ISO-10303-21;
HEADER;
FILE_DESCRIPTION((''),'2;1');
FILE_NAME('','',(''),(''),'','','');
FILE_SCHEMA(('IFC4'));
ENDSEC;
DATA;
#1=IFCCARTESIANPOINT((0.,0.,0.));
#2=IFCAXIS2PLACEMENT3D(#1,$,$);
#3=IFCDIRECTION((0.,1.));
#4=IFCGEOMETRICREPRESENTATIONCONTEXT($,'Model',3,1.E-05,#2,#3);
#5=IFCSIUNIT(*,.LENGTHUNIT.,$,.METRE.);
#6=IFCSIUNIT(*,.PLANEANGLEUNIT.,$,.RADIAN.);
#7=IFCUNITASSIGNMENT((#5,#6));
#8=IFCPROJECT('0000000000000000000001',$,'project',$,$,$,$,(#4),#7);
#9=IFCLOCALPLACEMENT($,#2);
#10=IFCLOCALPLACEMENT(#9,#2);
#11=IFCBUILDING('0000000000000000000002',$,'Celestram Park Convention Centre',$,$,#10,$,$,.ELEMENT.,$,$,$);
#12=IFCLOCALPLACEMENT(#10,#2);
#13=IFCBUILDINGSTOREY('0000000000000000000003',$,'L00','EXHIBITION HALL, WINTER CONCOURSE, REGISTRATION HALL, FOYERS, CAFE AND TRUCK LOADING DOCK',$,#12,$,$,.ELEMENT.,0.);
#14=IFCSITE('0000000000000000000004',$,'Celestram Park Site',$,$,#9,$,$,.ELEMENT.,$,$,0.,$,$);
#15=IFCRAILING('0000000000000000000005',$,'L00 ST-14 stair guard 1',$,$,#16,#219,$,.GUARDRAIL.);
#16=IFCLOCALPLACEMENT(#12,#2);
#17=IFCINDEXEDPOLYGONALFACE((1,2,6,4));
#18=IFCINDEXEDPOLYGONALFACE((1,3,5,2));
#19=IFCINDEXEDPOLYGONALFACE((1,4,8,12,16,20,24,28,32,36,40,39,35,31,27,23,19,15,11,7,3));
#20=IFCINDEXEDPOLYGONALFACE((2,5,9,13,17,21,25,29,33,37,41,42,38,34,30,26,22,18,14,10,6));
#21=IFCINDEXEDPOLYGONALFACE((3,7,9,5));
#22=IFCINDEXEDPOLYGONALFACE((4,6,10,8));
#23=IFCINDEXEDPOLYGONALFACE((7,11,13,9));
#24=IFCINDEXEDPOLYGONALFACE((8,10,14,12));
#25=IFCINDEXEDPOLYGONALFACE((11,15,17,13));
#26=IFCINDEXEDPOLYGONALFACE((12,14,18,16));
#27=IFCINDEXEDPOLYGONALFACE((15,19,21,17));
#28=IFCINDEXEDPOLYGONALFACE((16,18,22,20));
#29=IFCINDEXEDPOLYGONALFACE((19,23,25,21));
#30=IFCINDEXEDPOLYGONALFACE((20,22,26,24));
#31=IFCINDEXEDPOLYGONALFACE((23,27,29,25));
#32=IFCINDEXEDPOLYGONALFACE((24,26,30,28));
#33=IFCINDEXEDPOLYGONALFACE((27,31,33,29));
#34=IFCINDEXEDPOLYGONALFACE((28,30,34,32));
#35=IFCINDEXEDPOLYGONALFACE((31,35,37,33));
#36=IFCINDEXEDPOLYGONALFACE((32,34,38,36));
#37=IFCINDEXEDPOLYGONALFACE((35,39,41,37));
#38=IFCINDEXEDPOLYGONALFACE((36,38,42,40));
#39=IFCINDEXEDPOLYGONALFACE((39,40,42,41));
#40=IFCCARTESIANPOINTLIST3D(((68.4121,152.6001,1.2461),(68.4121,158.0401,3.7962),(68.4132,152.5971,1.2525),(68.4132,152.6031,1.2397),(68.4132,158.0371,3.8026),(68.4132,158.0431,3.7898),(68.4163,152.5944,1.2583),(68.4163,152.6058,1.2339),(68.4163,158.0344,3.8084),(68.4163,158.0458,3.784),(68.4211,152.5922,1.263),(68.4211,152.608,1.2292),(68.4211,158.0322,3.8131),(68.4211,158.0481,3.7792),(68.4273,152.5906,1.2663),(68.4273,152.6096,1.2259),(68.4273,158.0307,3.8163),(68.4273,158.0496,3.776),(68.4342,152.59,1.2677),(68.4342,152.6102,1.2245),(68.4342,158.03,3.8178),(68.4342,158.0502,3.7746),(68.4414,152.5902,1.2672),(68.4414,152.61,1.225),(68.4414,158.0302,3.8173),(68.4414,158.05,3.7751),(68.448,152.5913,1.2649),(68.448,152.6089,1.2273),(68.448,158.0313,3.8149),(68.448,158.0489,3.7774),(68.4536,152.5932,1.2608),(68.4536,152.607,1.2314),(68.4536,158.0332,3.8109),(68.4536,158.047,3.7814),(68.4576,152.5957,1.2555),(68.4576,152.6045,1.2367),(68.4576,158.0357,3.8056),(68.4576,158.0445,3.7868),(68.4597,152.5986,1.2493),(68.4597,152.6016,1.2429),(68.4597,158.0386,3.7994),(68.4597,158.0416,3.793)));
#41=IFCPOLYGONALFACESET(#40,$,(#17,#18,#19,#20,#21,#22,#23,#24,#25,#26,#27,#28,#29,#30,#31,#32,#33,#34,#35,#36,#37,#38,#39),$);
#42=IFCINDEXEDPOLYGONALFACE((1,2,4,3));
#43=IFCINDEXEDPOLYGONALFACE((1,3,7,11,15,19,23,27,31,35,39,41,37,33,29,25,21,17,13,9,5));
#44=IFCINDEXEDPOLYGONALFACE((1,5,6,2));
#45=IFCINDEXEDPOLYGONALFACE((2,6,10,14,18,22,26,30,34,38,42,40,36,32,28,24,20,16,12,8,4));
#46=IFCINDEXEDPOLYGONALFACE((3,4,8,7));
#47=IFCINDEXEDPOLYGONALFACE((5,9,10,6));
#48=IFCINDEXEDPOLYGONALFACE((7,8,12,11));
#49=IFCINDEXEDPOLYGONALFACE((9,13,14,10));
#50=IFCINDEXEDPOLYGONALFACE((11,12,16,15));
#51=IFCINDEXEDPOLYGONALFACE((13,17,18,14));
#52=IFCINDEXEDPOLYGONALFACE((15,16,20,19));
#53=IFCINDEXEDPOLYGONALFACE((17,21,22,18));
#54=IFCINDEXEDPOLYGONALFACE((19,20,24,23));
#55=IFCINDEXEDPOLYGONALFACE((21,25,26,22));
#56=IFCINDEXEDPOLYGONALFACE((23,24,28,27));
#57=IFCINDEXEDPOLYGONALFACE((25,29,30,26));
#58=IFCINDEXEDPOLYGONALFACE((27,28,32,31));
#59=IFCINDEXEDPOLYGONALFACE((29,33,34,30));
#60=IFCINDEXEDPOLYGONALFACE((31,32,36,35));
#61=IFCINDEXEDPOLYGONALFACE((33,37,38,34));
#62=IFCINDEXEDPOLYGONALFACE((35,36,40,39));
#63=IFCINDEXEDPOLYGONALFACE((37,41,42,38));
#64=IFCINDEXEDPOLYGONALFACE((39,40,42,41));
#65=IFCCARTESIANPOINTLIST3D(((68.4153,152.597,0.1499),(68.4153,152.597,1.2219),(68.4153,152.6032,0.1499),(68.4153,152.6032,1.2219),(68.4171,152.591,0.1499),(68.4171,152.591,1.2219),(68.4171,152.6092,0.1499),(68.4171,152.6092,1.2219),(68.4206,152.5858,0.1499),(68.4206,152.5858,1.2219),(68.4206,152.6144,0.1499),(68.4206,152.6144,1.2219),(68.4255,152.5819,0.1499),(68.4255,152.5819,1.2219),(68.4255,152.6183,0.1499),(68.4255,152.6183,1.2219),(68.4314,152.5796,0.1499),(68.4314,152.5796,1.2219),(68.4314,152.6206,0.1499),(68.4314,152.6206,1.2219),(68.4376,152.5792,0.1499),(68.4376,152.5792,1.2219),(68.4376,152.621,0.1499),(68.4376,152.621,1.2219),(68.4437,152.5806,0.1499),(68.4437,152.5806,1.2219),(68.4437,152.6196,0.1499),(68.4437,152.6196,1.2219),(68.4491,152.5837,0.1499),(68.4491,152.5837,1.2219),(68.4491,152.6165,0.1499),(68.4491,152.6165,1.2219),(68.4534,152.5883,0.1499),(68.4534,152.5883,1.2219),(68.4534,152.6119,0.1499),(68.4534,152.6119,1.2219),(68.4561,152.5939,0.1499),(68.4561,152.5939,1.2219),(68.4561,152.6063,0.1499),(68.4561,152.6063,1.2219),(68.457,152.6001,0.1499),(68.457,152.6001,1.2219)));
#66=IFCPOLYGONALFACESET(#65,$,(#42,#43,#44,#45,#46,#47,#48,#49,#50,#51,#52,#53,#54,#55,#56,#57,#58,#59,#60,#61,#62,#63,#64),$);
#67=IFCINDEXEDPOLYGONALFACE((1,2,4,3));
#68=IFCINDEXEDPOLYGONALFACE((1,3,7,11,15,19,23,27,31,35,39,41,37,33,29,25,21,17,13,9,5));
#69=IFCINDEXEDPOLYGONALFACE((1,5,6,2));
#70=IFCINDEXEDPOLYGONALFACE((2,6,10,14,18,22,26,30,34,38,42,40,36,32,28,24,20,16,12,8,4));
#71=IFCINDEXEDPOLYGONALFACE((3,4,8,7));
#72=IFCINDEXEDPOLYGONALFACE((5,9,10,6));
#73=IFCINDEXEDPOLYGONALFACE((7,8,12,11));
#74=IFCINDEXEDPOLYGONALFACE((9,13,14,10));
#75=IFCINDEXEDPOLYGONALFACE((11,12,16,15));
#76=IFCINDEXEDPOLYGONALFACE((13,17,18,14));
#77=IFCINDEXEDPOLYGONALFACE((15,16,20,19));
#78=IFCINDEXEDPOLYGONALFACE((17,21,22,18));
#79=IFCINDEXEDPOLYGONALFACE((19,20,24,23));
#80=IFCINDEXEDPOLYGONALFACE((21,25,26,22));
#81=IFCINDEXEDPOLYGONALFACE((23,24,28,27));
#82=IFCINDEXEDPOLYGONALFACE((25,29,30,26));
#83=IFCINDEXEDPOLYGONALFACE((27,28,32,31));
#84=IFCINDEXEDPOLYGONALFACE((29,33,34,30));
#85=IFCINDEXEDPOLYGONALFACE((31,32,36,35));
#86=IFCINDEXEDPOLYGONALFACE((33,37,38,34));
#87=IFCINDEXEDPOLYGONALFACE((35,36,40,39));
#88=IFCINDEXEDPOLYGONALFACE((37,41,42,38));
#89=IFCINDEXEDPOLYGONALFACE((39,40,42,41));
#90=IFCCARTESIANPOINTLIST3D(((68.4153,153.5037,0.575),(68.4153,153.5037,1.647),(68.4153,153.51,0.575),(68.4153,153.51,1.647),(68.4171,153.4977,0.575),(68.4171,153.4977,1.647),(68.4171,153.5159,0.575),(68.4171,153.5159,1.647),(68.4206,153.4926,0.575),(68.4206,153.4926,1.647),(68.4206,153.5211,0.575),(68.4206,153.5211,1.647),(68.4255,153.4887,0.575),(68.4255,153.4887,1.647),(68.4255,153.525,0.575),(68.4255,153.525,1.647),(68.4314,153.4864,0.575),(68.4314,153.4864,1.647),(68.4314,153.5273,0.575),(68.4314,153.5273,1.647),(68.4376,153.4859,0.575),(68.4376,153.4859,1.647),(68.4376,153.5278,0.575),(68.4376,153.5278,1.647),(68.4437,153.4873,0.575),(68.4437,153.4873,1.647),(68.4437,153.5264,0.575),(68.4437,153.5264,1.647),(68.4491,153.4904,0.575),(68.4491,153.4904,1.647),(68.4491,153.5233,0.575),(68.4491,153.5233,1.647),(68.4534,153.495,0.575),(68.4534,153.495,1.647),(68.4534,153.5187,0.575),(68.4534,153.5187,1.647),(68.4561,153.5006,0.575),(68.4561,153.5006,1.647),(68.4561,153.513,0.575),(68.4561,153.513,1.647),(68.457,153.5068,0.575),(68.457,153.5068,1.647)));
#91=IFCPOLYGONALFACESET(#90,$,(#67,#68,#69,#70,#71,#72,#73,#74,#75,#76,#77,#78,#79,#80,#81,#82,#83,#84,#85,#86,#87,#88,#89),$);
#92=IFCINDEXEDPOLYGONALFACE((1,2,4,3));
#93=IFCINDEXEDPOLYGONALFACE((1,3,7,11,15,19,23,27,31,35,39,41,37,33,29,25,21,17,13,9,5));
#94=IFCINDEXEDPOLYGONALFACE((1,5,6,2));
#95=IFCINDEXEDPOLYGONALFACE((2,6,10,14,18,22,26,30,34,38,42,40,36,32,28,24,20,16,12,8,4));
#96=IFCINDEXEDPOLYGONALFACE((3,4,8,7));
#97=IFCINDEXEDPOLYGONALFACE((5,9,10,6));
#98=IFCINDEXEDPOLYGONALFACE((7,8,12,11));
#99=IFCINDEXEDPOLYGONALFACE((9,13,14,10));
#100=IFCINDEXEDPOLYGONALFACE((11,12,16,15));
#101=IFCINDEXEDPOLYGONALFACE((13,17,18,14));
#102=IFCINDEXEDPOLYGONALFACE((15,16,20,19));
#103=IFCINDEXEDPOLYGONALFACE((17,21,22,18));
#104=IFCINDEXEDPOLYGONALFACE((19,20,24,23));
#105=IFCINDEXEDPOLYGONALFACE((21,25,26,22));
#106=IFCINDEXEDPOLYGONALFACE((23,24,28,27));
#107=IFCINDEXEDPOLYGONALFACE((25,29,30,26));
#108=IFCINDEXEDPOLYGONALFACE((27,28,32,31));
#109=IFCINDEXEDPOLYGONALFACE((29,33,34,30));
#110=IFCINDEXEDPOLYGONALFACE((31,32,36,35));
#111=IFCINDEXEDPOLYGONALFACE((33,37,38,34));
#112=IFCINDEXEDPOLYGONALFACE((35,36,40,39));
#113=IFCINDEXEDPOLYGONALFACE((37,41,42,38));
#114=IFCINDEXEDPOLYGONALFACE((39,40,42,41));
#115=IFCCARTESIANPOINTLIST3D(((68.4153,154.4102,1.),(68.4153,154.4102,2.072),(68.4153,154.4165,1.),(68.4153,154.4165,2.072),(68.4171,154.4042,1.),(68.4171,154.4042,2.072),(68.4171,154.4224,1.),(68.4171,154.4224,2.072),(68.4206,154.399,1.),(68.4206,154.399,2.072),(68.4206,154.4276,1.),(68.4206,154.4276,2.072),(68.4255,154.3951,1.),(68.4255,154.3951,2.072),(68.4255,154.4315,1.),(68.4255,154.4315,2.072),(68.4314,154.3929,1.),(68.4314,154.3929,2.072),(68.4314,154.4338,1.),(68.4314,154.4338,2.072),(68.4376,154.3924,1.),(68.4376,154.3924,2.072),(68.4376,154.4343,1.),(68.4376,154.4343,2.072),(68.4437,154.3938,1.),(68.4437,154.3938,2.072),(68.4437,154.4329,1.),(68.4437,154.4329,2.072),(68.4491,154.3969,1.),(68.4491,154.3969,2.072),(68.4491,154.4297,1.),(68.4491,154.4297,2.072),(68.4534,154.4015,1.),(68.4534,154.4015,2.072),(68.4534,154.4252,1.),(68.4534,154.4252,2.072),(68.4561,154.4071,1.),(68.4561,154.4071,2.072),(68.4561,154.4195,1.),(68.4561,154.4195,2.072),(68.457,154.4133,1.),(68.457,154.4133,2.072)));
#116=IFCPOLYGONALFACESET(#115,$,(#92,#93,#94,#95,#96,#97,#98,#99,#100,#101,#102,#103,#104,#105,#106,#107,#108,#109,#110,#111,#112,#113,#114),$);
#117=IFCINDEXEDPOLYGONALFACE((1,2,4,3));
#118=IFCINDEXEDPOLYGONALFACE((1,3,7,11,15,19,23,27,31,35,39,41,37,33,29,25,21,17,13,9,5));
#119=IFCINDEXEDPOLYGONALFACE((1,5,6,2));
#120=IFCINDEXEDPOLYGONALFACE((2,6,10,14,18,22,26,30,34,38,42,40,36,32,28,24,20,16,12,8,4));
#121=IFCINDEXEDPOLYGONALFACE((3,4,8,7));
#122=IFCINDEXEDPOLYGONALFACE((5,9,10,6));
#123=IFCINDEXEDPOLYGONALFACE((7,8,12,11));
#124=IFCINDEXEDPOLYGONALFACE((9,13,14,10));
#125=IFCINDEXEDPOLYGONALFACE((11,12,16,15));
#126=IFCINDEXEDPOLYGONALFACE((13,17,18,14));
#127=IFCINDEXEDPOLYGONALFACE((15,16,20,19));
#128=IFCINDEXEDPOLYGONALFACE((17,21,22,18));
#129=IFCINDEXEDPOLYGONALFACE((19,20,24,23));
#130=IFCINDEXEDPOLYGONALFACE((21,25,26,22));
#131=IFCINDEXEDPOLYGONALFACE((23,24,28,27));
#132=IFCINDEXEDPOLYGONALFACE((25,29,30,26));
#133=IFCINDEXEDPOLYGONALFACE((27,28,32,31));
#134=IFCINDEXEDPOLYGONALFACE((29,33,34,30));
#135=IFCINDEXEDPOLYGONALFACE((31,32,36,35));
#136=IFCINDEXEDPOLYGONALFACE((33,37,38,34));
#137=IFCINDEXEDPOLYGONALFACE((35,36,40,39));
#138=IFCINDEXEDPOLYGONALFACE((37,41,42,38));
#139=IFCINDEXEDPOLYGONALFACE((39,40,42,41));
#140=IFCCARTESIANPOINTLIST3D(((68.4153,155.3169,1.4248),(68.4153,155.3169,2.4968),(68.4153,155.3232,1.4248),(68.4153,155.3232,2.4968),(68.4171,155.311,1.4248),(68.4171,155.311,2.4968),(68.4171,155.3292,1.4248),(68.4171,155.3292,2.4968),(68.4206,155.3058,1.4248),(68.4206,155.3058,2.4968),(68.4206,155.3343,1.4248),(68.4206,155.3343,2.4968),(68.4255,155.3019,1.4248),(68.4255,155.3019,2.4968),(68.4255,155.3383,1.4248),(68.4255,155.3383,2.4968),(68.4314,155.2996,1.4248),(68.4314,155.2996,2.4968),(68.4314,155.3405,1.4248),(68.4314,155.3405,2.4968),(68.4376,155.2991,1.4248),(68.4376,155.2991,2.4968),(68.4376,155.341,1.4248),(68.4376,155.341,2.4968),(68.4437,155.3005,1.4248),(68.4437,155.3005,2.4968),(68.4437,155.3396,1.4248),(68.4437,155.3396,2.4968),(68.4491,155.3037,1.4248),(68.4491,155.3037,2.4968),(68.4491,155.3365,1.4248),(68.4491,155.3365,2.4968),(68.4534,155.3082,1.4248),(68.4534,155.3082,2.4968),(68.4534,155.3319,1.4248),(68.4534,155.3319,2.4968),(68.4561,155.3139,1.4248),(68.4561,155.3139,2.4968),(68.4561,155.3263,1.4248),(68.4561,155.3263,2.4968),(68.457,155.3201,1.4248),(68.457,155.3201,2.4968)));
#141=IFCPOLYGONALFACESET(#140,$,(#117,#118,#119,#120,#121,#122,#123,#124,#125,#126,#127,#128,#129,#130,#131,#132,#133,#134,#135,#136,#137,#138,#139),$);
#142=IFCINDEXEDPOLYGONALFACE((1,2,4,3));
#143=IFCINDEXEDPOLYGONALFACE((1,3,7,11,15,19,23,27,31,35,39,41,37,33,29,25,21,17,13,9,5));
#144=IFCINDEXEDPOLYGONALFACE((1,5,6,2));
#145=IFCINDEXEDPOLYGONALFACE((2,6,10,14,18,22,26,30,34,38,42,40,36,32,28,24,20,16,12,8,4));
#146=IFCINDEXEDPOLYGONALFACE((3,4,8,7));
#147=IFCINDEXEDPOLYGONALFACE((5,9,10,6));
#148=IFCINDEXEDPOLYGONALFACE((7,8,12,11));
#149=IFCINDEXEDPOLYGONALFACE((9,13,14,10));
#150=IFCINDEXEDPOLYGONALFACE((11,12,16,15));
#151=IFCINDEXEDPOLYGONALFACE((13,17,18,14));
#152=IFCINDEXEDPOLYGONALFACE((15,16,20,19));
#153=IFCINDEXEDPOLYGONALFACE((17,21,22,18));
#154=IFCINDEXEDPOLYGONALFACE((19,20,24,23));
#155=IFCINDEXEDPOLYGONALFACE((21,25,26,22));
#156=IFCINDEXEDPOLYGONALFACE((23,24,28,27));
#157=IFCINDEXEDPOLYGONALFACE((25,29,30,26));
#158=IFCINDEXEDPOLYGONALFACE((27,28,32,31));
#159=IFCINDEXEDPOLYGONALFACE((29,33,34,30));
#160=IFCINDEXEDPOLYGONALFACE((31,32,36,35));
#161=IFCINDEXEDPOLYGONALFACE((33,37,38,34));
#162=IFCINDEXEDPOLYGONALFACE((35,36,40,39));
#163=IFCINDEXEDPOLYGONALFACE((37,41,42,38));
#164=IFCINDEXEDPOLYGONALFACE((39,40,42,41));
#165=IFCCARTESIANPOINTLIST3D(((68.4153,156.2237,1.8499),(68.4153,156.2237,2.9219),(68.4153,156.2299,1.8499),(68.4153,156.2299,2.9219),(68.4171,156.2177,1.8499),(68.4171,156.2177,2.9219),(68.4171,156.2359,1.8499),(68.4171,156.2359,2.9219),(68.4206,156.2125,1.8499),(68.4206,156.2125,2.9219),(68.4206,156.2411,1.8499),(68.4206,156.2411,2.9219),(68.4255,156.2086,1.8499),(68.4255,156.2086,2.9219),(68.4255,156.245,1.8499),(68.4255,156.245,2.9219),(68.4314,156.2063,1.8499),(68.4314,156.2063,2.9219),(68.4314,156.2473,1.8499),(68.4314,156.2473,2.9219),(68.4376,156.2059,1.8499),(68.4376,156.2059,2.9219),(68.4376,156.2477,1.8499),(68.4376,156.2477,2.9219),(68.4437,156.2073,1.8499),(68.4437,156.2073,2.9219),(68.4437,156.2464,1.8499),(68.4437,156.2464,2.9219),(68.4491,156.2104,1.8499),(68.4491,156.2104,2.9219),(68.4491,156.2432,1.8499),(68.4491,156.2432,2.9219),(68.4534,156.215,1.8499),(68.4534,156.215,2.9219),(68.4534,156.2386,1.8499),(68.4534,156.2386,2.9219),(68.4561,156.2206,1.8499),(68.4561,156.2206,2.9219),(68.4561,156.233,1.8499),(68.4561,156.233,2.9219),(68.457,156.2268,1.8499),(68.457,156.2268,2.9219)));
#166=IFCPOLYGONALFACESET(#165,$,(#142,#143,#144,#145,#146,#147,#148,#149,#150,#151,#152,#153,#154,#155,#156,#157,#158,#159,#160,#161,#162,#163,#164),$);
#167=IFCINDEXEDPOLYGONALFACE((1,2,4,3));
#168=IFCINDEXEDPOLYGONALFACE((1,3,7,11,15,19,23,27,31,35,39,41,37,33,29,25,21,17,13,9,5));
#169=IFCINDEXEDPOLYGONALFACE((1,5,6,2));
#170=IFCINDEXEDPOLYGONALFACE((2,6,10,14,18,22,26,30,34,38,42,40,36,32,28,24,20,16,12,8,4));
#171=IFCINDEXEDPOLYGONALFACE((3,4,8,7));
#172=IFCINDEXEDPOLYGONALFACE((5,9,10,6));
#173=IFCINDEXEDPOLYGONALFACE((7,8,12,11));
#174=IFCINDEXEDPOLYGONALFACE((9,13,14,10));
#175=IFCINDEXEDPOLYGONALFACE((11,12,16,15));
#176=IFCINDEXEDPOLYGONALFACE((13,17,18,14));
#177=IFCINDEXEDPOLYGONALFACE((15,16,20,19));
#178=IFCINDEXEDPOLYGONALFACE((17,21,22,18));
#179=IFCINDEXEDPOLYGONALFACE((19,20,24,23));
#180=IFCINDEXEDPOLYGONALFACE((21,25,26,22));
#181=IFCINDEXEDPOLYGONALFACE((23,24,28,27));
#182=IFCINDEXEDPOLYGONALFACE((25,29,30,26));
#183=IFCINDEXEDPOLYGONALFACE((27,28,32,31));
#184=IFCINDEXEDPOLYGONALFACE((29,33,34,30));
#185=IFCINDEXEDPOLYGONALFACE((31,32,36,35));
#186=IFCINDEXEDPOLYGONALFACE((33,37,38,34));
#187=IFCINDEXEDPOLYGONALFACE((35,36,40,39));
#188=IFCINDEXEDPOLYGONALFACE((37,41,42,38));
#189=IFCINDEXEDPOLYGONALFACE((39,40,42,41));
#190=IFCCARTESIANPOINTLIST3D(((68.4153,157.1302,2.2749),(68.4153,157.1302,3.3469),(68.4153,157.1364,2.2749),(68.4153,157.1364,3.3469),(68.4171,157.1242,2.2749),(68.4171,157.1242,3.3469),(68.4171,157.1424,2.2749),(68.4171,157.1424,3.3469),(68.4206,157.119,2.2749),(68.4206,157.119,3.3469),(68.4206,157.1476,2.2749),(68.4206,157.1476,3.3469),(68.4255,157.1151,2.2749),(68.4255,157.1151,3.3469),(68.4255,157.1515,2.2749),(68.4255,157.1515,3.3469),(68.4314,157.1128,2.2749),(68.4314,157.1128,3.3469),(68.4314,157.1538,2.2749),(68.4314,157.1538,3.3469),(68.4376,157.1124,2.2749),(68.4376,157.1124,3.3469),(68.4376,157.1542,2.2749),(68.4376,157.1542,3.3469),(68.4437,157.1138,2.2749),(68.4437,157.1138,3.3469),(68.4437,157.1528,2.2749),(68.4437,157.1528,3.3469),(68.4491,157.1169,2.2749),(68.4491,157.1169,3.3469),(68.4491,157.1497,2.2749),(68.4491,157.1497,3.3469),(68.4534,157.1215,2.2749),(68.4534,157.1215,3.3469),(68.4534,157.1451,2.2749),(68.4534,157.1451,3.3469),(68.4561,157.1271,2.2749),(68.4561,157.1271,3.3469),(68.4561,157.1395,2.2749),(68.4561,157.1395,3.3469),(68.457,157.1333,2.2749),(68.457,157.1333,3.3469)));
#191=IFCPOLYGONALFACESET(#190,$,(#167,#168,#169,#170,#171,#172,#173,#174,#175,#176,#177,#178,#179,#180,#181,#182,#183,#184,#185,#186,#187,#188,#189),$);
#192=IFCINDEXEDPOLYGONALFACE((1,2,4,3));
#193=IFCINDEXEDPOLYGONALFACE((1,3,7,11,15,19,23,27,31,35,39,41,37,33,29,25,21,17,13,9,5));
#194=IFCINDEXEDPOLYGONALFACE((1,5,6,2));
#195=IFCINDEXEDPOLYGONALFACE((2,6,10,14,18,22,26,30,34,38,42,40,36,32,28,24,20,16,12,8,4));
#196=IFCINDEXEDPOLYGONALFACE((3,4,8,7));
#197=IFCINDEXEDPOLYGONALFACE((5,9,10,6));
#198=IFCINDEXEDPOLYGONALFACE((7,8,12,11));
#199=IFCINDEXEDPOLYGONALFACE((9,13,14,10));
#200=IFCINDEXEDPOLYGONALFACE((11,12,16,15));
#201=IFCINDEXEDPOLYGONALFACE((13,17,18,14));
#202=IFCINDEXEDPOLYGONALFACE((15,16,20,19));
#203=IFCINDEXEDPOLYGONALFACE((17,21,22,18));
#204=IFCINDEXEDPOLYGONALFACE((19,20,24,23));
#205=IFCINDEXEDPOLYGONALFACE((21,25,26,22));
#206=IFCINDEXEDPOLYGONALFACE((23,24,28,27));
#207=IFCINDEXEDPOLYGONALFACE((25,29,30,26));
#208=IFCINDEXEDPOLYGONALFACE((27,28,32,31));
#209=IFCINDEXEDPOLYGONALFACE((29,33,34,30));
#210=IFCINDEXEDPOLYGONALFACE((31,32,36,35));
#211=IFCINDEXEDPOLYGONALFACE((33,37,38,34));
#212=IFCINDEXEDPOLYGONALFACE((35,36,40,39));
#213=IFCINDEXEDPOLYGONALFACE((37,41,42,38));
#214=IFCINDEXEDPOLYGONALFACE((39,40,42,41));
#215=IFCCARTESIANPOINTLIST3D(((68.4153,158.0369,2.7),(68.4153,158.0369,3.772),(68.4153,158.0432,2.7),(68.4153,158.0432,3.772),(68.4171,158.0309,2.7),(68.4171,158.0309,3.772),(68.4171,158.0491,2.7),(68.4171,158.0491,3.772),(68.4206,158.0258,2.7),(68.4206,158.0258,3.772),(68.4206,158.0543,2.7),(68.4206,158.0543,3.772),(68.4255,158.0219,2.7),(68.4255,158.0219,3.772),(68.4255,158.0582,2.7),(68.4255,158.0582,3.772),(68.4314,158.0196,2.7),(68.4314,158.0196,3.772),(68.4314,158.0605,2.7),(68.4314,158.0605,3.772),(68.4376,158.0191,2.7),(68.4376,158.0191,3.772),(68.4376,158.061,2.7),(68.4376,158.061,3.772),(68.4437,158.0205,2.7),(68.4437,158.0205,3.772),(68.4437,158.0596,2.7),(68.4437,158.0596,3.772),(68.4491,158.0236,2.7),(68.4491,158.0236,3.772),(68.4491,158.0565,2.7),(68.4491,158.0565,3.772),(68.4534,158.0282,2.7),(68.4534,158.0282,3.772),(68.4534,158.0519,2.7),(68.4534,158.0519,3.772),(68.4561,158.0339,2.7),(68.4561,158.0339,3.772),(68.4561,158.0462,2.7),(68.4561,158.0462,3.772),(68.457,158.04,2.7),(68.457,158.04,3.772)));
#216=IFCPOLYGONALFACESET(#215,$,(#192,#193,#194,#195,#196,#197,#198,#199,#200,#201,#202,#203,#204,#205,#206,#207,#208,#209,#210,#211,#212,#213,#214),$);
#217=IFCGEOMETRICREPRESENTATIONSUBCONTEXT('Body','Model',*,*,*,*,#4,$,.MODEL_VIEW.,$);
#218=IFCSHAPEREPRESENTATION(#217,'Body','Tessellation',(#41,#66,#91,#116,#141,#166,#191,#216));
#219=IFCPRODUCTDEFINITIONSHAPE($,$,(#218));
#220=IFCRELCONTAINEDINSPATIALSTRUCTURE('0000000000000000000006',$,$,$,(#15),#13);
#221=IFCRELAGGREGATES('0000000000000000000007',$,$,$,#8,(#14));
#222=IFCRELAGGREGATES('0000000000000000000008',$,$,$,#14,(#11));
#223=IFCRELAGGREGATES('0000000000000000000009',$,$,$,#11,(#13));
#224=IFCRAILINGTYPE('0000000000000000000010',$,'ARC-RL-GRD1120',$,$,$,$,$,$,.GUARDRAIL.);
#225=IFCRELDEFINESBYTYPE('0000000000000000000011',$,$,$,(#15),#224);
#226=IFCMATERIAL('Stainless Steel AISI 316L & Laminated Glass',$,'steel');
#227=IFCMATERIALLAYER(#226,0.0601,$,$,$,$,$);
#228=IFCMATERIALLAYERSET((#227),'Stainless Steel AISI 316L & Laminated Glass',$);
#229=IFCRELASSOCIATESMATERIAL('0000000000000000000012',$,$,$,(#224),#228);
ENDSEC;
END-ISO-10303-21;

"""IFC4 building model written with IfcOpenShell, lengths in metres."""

from ifc_helpers import new_model, si_unit, direction, frame, origin, origin_2d, place, context, subcontext, project, spatial, circle, extrude, material, layer, layer_set, type_object, element, save


model = new_model("IFC4")

# Units and contexts
model_context = context("Model", 3, precision=1e-05, world=origin(), true_north=direction((0.0, 1.0)))
body_context = subcontext(model_context, "Body", "Model", "MODEL_VIEW")
ifc_project = project(units=[si_unit("LENGTHUNIT", "METRE"), si_unit("PLANEANGLEUNIT", "RADIAN")], contexts=[model_context])

# Site, building, storey
site_placement = place(None, origin())
site = spatial("IfcSite", under=ifc_project, at=site_placement, Name="Celestram Park Site", CompositionType="ELEMENT", RefElevation=0.0)
building_placement = place(site_placement, origin())
building = spatial("IfcBuilding", under=site, at=building_placement, Name="Celestram Park Convention Centre", CompositionType="ELEMENT")
storey_placement = place(building_placement, origin())
storey = spatial("IfcBuildingStorey", under=building, at=storey_placement, Name="L00", Description="EXHIBITION HALL, WINTER CONCOURSE, REGISTRATION HALL, FOYERS, CAFE AND TRUCK LOADING DOCK", CompositionType="ELEMENT", Elevation=0.0)

# Railing
ifc_material_1 = material(Name="Stainless Steel AISI 316L & Laminated Glass", Category="steel")
ifc_layer_1 = layer(ifc_material_1, 0.0601)
ifc_layer_set_1 = layer_set([ifc_layer_1], Name="Stainless Steel AISI 316L & Laminated Glass")
railing_type_1 = type_object("IfcRailingType", Name="ARC-RL-GRD1120", PredefinedType="GUARDRAIL", material=ifc_layer_set_1)
railing_1_placement = place(storey_placement, frame((68.436, 152.6001, 0.1499)))
element("IfcRailing", 1, at=railing_1_placement, inside=storey, type_object=railing_type_1, Name="L00 ST-14 stair guard 1", PredefinedType="GUARDRAIL", context=body_context, shape_type="SweptSolid", body=[
    extrude(circle(Radius=0.0239, at=origin_2d()), frame((0.0, 0.0, 1.0962), z_axis=(0.0, 0.905454, 0.424444), x_axis=(-1.0, 0.0, 0.0)), (0.0, 0.0, 1.0), 6.0081),
    extrude(circle(Radius=0.021, at=origin_2d()), origin(), (0.0, 0.0, 1.0), 1.072),
    extrude(circle(Radius=0.021, at=origin_2d()), frame((0.0, 0.9067, 0.425)), (0.0, 0.0, 1.0), 1.072),
    extrude(circle(Radius=0.021, at=origin_2d()), frame((0.0, 1.8132, 0.8501)), (0.0, 0.0, 1.0), 1.072),
    extrude(circle(Radius=0.021, at=origin_2d()), frame((0.0, 2.72, 1.2749)), (0.0, 0.0, 1.0), 1.072),
    extrude(circle(Radius=0.021, at=origin_2d()), frame((0.0, 3.6267, 1.7)), (0.0, 0.0, 1.0), 1.072),
    extrude(circle(Radius=0.021, at=origin_2d()), frame((0.0, 4.5332, 2.125)), (0.0, 0.0, 1.0), 1.072),
    extrude(circle(Radius=0.021, at=origin_2d()), frame((0.0, 5.4399, 2.55)), (0.0, 0.0, 1.0), 1.072),
])

save(model, "model.ifc")
